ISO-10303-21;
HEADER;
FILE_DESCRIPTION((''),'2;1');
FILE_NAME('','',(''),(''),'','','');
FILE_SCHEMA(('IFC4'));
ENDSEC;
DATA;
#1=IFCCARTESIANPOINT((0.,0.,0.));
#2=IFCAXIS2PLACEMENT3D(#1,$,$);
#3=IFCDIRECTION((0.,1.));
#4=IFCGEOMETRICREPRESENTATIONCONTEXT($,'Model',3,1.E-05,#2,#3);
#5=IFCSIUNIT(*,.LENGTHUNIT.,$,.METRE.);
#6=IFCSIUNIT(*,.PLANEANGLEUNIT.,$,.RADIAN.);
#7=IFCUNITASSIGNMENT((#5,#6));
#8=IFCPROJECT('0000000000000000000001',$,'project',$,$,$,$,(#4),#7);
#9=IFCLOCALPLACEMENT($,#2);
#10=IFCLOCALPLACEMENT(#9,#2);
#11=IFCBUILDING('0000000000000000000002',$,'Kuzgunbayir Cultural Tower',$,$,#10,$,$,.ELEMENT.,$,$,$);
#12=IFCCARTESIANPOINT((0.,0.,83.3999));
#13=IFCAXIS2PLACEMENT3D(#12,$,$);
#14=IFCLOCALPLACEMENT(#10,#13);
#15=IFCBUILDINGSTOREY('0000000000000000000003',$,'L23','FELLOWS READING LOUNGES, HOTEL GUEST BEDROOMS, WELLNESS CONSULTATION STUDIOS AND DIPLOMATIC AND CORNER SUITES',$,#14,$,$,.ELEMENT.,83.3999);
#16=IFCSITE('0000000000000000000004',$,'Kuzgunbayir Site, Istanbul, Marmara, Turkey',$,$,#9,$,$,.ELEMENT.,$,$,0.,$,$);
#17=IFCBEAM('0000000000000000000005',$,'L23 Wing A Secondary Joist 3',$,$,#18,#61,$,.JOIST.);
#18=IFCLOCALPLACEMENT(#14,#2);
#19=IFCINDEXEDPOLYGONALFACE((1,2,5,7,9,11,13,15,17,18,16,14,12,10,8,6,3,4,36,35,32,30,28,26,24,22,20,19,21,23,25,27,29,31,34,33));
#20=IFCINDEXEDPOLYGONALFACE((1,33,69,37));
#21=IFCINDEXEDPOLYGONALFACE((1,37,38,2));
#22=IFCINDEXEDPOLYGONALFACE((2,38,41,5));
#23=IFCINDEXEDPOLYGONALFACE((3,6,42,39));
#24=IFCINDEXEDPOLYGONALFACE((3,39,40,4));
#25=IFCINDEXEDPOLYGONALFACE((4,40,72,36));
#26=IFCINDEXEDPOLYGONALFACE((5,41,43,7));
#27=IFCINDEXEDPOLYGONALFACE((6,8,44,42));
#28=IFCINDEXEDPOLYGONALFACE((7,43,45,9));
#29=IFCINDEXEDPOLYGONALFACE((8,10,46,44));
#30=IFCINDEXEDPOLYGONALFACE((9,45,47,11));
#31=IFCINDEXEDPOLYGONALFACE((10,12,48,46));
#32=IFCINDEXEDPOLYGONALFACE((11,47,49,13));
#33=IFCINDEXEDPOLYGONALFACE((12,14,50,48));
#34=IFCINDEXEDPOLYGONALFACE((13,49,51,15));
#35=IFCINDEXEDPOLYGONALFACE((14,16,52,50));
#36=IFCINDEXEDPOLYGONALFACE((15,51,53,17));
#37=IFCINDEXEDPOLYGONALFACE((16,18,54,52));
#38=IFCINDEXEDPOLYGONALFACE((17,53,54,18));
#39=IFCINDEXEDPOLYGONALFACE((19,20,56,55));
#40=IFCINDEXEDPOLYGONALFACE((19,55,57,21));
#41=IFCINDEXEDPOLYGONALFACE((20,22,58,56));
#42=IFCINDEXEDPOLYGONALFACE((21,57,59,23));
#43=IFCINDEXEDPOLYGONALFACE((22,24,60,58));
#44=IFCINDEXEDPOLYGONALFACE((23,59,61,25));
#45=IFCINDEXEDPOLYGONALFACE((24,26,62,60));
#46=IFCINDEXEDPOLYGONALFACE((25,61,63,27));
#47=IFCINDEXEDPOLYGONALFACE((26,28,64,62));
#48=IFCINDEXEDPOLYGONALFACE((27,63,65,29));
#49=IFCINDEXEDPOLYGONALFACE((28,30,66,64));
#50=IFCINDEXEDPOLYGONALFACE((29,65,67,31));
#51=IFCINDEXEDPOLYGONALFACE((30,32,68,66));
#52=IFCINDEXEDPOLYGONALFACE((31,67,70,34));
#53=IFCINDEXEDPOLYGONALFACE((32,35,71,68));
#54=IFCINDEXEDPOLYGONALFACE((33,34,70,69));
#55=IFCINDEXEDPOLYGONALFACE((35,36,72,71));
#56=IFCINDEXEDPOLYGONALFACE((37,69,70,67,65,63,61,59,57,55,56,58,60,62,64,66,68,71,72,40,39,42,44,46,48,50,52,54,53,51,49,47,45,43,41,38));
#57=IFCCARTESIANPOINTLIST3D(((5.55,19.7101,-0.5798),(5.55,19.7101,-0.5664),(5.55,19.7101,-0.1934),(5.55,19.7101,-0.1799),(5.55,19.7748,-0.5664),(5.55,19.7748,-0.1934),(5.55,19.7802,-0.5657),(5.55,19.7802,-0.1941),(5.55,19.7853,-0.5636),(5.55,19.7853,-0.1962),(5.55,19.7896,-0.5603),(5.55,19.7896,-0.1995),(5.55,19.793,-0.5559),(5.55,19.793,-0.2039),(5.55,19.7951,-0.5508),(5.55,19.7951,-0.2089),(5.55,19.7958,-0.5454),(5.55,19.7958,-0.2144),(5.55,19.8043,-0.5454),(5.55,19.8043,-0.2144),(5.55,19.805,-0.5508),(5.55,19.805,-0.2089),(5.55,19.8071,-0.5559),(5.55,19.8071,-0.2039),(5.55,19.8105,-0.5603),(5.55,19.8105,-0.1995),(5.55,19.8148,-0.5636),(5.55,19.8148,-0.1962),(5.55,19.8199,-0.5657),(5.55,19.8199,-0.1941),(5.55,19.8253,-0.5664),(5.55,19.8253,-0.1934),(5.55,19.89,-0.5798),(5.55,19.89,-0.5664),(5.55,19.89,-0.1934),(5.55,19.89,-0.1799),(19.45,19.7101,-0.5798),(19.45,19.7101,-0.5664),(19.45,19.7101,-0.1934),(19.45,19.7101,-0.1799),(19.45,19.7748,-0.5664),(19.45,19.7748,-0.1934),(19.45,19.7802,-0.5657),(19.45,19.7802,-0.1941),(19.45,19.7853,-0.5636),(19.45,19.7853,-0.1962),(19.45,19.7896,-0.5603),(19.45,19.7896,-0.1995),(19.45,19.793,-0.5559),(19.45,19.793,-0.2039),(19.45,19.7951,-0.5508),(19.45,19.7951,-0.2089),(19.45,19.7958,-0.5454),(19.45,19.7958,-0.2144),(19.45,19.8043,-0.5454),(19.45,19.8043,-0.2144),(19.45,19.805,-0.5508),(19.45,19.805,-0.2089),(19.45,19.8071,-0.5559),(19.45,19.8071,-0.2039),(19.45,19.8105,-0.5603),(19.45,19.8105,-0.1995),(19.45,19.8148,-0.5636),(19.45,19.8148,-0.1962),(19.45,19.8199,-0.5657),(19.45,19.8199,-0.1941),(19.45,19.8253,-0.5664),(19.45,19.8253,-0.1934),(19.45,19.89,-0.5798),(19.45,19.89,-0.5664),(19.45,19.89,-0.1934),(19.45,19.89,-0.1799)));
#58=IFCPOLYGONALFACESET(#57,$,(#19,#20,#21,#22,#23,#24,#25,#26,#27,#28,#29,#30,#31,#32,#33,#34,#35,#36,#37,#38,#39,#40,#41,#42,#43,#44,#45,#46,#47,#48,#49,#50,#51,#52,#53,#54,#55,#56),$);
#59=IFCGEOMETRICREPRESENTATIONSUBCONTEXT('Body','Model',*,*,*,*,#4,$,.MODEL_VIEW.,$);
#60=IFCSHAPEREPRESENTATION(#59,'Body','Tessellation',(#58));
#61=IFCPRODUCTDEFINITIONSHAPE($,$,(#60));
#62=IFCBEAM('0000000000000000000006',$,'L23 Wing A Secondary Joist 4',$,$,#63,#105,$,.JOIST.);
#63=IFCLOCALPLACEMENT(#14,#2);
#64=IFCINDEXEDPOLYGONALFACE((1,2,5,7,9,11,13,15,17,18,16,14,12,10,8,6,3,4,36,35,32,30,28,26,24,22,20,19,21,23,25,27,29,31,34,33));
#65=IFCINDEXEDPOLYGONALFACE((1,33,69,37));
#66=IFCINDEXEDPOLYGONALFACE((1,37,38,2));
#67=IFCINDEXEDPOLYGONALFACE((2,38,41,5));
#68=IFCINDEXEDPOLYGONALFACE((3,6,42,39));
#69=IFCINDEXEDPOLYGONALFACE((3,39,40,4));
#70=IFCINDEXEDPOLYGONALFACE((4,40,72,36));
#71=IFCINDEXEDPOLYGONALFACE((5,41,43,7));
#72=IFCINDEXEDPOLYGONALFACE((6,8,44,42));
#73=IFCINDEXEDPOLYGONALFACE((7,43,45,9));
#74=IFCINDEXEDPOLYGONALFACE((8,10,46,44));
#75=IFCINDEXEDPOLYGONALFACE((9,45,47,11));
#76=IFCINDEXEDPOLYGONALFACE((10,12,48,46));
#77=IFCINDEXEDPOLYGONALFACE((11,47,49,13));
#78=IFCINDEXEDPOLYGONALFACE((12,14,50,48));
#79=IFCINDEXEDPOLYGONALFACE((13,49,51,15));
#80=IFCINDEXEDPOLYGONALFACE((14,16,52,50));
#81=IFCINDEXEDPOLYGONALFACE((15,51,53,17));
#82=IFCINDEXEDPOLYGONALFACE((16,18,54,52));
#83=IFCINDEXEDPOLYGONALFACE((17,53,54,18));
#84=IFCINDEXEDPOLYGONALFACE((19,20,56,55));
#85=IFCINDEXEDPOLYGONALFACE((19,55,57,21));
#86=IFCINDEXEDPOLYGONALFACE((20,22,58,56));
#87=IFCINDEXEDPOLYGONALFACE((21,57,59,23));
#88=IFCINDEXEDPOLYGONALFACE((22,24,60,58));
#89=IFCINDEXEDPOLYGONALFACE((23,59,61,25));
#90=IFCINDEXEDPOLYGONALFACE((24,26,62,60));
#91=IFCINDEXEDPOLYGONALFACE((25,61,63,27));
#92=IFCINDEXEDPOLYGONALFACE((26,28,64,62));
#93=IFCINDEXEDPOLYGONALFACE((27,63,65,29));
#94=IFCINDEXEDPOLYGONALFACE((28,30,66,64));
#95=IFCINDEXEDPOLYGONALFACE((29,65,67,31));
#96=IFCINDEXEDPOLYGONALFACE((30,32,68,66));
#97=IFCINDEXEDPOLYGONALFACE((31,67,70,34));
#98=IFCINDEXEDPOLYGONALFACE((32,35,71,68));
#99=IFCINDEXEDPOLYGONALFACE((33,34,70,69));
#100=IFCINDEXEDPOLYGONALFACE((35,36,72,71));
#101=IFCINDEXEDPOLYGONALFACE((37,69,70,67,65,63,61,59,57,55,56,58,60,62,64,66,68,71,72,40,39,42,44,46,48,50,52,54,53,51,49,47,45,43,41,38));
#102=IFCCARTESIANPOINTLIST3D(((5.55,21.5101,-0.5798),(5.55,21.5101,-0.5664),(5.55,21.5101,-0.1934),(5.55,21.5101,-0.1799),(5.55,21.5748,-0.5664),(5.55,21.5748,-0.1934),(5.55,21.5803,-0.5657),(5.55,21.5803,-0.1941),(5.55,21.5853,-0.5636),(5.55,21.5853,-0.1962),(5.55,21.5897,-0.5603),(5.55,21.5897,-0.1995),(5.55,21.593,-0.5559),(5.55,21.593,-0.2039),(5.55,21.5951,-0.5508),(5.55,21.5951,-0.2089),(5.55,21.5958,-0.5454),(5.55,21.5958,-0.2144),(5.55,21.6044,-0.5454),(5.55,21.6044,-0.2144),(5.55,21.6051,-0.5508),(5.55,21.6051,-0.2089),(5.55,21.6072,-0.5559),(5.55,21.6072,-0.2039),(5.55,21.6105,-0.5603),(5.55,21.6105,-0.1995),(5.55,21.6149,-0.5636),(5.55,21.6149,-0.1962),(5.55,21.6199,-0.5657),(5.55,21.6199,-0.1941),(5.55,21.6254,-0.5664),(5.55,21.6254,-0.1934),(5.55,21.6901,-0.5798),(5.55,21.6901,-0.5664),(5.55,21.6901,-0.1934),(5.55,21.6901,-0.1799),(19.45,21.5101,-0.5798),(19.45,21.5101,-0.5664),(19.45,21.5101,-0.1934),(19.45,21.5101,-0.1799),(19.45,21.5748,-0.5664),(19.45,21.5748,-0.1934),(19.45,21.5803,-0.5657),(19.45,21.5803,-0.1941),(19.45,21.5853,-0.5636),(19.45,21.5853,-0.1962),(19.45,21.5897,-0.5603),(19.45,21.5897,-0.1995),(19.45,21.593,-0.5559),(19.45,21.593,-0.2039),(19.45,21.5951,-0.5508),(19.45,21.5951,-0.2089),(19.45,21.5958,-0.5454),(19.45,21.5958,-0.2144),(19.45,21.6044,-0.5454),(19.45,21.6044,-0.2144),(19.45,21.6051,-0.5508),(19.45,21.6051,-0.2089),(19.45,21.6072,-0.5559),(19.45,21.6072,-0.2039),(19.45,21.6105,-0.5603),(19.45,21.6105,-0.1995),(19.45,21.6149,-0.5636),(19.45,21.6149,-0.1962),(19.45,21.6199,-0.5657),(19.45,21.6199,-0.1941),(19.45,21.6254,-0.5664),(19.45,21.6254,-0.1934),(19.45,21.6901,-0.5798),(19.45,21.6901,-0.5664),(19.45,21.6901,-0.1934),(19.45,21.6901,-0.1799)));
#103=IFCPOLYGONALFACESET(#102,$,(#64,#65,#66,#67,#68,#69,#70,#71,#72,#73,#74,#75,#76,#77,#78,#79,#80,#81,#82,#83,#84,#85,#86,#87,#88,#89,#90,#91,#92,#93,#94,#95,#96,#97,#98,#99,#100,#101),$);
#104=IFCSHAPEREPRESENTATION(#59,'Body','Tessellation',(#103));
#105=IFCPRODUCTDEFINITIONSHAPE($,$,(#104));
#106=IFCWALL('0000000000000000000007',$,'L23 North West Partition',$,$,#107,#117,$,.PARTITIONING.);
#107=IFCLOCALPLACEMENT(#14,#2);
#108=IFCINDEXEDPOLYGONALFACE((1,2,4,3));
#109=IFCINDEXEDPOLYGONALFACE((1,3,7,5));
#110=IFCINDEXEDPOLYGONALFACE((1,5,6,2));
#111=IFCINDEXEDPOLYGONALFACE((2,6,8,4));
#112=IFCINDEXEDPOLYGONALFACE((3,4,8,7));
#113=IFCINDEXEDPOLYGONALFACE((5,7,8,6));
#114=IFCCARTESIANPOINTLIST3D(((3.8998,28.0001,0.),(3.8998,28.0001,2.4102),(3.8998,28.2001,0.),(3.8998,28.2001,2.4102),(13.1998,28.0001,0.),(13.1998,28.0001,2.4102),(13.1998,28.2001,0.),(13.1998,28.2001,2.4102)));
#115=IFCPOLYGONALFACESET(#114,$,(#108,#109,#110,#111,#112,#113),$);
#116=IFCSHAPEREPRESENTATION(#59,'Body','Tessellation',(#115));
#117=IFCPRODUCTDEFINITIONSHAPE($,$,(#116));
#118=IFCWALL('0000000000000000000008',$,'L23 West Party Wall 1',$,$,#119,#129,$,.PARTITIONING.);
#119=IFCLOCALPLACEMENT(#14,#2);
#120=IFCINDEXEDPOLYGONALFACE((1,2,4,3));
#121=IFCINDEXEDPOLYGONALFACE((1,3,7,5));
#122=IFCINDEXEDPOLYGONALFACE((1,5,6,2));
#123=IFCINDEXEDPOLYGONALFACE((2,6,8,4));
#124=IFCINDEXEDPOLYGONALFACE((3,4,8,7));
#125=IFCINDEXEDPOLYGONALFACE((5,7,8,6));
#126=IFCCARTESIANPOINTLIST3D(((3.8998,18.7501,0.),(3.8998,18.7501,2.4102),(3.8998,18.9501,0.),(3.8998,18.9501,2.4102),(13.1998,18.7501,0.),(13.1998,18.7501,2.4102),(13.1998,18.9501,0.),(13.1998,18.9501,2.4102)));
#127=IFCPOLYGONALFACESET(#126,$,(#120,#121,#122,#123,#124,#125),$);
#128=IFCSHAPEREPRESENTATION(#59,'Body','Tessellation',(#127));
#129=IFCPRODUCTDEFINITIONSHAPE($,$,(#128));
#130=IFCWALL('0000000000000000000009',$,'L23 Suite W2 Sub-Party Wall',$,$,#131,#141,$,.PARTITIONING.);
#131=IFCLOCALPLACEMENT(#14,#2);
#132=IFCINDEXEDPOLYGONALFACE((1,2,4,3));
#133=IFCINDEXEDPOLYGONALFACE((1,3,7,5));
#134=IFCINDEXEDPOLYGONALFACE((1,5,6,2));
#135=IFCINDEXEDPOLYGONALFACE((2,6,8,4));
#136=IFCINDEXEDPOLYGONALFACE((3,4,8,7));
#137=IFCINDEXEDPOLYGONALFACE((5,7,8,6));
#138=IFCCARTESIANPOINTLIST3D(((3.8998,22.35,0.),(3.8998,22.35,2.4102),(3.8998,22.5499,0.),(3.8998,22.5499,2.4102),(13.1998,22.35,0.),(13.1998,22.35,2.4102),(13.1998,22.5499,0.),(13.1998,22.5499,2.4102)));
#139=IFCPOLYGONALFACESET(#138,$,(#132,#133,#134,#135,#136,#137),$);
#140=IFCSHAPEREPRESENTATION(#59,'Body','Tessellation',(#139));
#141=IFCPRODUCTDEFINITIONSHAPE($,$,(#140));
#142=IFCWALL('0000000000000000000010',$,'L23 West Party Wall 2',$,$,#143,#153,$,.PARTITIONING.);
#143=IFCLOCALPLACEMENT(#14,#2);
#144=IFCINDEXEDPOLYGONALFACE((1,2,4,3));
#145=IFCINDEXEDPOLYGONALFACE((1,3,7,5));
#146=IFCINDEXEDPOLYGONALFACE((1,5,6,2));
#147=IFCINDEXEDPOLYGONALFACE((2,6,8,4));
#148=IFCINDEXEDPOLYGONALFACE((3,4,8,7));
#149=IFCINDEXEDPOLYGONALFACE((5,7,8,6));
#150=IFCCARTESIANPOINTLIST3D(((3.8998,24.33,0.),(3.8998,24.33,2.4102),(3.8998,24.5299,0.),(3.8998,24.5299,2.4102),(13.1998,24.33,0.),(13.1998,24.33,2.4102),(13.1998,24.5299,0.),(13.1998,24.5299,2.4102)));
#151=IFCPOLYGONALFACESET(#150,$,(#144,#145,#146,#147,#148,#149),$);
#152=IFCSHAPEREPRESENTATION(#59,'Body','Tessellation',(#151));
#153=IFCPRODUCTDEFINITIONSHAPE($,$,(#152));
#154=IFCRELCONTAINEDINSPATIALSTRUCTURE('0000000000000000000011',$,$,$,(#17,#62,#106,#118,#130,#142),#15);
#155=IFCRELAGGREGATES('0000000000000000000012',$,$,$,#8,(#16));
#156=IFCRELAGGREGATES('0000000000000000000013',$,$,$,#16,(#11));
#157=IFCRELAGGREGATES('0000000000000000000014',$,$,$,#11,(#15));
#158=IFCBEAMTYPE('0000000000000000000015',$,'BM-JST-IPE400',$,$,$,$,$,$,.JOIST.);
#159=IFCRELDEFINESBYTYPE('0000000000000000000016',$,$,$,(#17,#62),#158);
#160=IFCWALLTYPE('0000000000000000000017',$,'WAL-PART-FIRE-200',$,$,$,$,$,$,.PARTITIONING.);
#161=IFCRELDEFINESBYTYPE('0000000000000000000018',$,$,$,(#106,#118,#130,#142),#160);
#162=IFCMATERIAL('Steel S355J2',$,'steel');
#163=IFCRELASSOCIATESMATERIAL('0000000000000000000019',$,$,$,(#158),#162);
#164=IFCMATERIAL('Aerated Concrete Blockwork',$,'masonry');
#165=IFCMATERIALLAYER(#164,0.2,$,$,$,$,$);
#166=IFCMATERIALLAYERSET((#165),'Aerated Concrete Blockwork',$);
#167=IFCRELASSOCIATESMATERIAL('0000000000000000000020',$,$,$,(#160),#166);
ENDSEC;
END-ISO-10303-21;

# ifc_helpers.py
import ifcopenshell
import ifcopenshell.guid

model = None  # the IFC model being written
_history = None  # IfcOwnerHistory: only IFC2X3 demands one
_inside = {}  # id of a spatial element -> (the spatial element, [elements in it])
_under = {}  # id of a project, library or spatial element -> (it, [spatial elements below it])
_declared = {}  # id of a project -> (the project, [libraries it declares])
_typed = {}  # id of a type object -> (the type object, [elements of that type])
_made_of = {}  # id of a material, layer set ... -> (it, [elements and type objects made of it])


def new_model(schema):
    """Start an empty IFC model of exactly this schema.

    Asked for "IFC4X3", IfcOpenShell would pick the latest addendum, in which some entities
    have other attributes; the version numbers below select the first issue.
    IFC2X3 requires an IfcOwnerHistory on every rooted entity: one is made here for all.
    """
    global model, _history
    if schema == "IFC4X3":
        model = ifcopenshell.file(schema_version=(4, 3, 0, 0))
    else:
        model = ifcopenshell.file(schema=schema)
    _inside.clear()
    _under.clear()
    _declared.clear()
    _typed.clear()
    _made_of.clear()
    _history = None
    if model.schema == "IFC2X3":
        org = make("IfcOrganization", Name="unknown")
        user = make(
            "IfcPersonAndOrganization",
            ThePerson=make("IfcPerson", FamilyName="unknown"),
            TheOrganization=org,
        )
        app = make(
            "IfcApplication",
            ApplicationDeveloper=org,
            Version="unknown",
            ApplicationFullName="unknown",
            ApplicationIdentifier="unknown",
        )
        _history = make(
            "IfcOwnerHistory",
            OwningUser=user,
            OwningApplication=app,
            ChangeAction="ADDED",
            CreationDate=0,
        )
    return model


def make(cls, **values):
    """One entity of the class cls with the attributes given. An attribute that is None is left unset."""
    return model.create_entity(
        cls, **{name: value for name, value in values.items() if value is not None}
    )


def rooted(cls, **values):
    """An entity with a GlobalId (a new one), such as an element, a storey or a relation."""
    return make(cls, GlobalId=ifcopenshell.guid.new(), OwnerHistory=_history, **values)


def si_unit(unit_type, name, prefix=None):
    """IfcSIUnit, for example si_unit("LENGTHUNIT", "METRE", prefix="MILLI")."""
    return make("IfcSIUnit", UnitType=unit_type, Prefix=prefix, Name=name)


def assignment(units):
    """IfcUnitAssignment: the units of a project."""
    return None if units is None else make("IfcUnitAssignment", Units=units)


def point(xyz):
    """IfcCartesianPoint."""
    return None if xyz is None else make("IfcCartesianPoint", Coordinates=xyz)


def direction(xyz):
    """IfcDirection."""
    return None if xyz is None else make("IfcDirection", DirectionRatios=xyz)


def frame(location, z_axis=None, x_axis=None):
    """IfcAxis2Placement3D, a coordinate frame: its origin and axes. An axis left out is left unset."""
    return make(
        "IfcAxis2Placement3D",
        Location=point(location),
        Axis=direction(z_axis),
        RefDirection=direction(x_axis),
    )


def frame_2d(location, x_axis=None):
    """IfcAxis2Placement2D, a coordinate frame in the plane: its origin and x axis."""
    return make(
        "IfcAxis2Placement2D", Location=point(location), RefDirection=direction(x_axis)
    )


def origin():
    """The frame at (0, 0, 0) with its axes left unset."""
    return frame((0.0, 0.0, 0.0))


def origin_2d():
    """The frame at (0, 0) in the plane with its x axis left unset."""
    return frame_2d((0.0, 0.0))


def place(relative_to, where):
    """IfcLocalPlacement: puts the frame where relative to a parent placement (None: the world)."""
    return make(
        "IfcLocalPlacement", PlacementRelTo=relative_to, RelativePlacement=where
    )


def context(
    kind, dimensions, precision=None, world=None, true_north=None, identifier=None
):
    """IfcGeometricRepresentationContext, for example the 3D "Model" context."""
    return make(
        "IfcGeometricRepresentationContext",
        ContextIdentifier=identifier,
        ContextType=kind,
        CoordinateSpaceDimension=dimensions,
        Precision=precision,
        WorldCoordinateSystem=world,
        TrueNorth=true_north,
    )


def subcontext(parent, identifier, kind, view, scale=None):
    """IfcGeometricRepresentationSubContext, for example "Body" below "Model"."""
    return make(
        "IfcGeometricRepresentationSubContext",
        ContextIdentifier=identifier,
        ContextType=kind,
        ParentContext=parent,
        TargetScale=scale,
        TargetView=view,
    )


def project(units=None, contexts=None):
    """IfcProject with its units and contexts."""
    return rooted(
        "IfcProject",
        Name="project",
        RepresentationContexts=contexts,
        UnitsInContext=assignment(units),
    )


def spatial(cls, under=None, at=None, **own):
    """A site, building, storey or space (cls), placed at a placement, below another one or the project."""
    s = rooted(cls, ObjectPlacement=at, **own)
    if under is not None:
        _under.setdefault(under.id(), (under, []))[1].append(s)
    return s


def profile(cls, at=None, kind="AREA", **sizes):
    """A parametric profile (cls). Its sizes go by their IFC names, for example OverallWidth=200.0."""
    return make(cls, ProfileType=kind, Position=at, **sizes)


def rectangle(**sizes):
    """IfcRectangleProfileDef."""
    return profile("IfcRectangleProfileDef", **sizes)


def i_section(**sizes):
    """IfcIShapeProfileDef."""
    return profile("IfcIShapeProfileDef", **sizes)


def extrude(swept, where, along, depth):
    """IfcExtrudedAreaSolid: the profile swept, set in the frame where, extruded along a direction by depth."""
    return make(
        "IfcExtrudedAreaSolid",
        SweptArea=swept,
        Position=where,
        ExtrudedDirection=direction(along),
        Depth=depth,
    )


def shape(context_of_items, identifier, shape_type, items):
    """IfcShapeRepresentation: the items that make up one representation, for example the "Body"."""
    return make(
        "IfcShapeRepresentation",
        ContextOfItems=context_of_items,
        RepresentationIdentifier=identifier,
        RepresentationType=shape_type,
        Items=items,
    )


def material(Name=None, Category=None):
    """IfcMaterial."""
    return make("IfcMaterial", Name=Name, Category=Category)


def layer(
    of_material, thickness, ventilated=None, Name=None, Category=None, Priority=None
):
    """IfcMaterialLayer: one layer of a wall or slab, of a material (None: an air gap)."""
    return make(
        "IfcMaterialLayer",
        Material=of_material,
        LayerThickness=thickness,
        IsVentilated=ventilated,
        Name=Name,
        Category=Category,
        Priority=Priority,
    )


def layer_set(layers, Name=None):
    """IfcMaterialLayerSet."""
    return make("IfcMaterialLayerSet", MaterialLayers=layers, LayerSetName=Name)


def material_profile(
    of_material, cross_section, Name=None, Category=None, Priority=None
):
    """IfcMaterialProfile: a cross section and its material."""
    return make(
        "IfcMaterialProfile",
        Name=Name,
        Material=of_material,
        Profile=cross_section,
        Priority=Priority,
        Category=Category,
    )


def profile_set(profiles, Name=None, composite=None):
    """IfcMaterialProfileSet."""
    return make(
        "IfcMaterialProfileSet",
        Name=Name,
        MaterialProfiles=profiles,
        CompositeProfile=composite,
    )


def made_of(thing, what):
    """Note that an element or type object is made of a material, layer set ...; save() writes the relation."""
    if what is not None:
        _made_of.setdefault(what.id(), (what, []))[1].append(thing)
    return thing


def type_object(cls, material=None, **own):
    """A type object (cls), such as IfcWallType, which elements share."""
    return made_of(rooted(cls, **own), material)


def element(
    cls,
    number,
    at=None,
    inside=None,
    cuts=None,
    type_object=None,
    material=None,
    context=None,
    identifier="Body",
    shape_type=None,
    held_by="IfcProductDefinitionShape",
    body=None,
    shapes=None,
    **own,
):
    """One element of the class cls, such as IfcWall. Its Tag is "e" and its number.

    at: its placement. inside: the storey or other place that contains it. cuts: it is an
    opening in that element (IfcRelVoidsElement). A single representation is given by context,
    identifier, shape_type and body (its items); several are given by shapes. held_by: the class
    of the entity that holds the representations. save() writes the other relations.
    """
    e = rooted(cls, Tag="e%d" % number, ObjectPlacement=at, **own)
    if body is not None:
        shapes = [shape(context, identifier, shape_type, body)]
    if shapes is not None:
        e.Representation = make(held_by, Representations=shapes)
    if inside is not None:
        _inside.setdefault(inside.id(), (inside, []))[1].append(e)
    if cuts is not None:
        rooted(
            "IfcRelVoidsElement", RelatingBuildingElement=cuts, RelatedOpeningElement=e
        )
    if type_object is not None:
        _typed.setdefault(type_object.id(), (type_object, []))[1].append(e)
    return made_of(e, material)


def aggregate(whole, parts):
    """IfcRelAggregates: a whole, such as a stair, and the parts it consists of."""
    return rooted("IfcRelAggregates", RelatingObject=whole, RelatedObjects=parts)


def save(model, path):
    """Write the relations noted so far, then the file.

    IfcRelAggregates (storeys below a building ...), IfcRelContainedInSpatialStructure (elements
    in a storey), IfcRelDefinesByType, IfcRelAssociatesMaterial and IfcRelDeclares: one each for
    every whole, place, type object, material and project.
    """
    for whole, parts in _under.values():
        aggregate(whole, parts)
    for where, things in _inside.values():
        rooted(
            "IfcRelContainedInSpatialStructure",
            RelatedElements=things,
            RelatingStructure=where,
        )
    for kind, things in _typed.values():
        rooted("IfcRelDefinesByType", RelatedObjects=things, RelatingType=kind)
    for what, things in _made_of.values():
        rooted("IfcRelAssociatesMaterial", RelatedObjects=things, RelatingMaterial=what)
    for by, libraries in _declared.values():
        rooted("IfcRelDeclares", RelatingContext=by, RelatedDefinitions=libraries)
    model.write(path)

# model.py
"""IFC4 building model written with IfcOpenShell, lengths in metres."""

from ifc_helpers import new_model, si_unit, direction, frame, frame_2d, origin, origin_2d, place, context, subcontext, project, spatial, rectangle, i_section, extrude, material, layer, layer_set, material_profile, profile_set, type_object, element, save


model = new_model("IFC4")

# Units and contexts
model_context = context("Model", 3, precision=1e-05, world=origin(), true_north=direction((0.0, 1.0)))
body_context = subcontext(model_context, "Body", "Model", "MODEL_VIEW")
ifc_project = project(units=[si_unit("LENGTHUNIT", "METRE"), si_unit("PLANEANGLEUNIT", "RADIAN")], contexts=[model_context])

# Site, building, storey
site_placement = place(None, origin())
site = spatial("IfcSite", under=ifc_project, at=site_placement, Name="Kuzgunbayir Site, Istanbul, Marmara, Turkey", CompositionType="ELEMENT", RefElevation=0.0)
building_placement = place(site_placement, origin())
building = spatial("IfcBuilding", under=site, at=building_placement, Name="Kuzgunbayir Cultural Tower", CompositionType="ELEMENT")
storey_placement = place(building_placement, frame((0.0, 0.0, 83.3999)))
storey = spatial("IfcBuildingStorey", under=building, at=storey_placement, Name="L23", Description="FELLOWS READING LOUNGES, HOTEL GUEST BEDROOMS, WELLNESS CONSULTATION STUDIOS AND DIPLOMATIC AND CORNER SUITES", CompositionType="ELEMENT", Elevation=83.3999)

# Beams
ifc_material_1 = material(Name="Steel S355J2", Category="steel")
ifc_material_profile_1 = material_profile(ifc_material_1, i_section(OverallWidth=0.1799, OverallDepth=0.3999, WebThickness=0.0085, FlangeThickness=0.0134, FilletRadius=0.021, at=origin_2d()), Name="IPE 400")
ifc_profile_set_1 = profile_set([ifc_material_profile_1], Name="Steel S355J2")
beam_type_1 = type_object("IfcBeamType", Name="BM-JST-IPE400", PredefinedType="JOIST", material=ifc_profile_set_1)
for number, where, z_axis, x_axis, name in (
    (1, (5.55, 19.8, -0.3799), (1.0, 0.0, 0.0), (0.0, 1.0, 0.0), "L23 Wing A Secondary Joist 3"),
    (2, (5.55, 21.6001, -0.3799), (1.0, 0.0, 0.0), (0.0, 1.0, 0.0), "L23 Wing A Secondary Joist 4"),
):
    element("IfcBeam", number, at=place(storey_placement, frame(where, z_axis=z_axis, x_axis=x_axis)), inside=storey, type_object=beam_type_1, Name=name, PredefinedType="JOIST", context=body_context, shape_type="SweptSolid", body=[
        extrude(i_section(OverallWidth=0.1799, OverallDepth=0.3999, WebThickness=0.0085, FlangeThickness=0.0134, FilletRadius=0.021, at=origin_2d()), origin(), (0.0, 0.0, 1.0), 13.8999),
    ])

# Walls
ifc_material_2 = material(Name="Aerated Concrete Blockwork", Category="masonry")
ifc_layer_1 = layer(ifc_material_2, 0.2)
ifc_layer_set_1 = layer_set([ifc_layer_1], Name="Aerated Concrete Blockwork")
wall_type = type_object("IfcWallType", Name="WAL-PART-FIRE-200", PredefinedType="PARTITIONING", material=ifc_layer_set_1)
for number, where, z_axis, x_axis, name in (
    (3, (3.8999, 28.1001, 0.0), (0.0, 0.0, 1.0), (1.0, 0.0, 0.0), "L23 North West Partition"),
    (4, (3.8999, 18.8501, 0.0), (0.0, 0.0, 1.0), (1.0, 0.0, 0.0), "L23 West Party Wall 1"),
    (5, (3.8999, 22.45, 0.0), (0.0, 0.0, 1.0), (1.0, 0.0, 0.0), "L23 Suite W2 Sub-Party Wall"),
    (6, (3.8999, 24.4299, 0.0), (0.0, 0.0, 1.0), (1.0, 0.0, 0.0), "L23 West Party Wall 2"),
):
    element("IfcWall", number, at=place(storey_placement, frame(where, z_axis=z_axis, x_axis=x_axis)), inside=storey, type_object=wall_type, Name=name, PredefinedType="PARTITIONING", context=body_context, shape_type="SweptSolid", body=[
        extrude(rectangle(XDim=9.3, YDim=0.2, at=frame_2d((4.6499, 0.0))), origin(), (0.0, 0.0, 1.0), 2.4102),
    ])

save(model, "model.ifc")
